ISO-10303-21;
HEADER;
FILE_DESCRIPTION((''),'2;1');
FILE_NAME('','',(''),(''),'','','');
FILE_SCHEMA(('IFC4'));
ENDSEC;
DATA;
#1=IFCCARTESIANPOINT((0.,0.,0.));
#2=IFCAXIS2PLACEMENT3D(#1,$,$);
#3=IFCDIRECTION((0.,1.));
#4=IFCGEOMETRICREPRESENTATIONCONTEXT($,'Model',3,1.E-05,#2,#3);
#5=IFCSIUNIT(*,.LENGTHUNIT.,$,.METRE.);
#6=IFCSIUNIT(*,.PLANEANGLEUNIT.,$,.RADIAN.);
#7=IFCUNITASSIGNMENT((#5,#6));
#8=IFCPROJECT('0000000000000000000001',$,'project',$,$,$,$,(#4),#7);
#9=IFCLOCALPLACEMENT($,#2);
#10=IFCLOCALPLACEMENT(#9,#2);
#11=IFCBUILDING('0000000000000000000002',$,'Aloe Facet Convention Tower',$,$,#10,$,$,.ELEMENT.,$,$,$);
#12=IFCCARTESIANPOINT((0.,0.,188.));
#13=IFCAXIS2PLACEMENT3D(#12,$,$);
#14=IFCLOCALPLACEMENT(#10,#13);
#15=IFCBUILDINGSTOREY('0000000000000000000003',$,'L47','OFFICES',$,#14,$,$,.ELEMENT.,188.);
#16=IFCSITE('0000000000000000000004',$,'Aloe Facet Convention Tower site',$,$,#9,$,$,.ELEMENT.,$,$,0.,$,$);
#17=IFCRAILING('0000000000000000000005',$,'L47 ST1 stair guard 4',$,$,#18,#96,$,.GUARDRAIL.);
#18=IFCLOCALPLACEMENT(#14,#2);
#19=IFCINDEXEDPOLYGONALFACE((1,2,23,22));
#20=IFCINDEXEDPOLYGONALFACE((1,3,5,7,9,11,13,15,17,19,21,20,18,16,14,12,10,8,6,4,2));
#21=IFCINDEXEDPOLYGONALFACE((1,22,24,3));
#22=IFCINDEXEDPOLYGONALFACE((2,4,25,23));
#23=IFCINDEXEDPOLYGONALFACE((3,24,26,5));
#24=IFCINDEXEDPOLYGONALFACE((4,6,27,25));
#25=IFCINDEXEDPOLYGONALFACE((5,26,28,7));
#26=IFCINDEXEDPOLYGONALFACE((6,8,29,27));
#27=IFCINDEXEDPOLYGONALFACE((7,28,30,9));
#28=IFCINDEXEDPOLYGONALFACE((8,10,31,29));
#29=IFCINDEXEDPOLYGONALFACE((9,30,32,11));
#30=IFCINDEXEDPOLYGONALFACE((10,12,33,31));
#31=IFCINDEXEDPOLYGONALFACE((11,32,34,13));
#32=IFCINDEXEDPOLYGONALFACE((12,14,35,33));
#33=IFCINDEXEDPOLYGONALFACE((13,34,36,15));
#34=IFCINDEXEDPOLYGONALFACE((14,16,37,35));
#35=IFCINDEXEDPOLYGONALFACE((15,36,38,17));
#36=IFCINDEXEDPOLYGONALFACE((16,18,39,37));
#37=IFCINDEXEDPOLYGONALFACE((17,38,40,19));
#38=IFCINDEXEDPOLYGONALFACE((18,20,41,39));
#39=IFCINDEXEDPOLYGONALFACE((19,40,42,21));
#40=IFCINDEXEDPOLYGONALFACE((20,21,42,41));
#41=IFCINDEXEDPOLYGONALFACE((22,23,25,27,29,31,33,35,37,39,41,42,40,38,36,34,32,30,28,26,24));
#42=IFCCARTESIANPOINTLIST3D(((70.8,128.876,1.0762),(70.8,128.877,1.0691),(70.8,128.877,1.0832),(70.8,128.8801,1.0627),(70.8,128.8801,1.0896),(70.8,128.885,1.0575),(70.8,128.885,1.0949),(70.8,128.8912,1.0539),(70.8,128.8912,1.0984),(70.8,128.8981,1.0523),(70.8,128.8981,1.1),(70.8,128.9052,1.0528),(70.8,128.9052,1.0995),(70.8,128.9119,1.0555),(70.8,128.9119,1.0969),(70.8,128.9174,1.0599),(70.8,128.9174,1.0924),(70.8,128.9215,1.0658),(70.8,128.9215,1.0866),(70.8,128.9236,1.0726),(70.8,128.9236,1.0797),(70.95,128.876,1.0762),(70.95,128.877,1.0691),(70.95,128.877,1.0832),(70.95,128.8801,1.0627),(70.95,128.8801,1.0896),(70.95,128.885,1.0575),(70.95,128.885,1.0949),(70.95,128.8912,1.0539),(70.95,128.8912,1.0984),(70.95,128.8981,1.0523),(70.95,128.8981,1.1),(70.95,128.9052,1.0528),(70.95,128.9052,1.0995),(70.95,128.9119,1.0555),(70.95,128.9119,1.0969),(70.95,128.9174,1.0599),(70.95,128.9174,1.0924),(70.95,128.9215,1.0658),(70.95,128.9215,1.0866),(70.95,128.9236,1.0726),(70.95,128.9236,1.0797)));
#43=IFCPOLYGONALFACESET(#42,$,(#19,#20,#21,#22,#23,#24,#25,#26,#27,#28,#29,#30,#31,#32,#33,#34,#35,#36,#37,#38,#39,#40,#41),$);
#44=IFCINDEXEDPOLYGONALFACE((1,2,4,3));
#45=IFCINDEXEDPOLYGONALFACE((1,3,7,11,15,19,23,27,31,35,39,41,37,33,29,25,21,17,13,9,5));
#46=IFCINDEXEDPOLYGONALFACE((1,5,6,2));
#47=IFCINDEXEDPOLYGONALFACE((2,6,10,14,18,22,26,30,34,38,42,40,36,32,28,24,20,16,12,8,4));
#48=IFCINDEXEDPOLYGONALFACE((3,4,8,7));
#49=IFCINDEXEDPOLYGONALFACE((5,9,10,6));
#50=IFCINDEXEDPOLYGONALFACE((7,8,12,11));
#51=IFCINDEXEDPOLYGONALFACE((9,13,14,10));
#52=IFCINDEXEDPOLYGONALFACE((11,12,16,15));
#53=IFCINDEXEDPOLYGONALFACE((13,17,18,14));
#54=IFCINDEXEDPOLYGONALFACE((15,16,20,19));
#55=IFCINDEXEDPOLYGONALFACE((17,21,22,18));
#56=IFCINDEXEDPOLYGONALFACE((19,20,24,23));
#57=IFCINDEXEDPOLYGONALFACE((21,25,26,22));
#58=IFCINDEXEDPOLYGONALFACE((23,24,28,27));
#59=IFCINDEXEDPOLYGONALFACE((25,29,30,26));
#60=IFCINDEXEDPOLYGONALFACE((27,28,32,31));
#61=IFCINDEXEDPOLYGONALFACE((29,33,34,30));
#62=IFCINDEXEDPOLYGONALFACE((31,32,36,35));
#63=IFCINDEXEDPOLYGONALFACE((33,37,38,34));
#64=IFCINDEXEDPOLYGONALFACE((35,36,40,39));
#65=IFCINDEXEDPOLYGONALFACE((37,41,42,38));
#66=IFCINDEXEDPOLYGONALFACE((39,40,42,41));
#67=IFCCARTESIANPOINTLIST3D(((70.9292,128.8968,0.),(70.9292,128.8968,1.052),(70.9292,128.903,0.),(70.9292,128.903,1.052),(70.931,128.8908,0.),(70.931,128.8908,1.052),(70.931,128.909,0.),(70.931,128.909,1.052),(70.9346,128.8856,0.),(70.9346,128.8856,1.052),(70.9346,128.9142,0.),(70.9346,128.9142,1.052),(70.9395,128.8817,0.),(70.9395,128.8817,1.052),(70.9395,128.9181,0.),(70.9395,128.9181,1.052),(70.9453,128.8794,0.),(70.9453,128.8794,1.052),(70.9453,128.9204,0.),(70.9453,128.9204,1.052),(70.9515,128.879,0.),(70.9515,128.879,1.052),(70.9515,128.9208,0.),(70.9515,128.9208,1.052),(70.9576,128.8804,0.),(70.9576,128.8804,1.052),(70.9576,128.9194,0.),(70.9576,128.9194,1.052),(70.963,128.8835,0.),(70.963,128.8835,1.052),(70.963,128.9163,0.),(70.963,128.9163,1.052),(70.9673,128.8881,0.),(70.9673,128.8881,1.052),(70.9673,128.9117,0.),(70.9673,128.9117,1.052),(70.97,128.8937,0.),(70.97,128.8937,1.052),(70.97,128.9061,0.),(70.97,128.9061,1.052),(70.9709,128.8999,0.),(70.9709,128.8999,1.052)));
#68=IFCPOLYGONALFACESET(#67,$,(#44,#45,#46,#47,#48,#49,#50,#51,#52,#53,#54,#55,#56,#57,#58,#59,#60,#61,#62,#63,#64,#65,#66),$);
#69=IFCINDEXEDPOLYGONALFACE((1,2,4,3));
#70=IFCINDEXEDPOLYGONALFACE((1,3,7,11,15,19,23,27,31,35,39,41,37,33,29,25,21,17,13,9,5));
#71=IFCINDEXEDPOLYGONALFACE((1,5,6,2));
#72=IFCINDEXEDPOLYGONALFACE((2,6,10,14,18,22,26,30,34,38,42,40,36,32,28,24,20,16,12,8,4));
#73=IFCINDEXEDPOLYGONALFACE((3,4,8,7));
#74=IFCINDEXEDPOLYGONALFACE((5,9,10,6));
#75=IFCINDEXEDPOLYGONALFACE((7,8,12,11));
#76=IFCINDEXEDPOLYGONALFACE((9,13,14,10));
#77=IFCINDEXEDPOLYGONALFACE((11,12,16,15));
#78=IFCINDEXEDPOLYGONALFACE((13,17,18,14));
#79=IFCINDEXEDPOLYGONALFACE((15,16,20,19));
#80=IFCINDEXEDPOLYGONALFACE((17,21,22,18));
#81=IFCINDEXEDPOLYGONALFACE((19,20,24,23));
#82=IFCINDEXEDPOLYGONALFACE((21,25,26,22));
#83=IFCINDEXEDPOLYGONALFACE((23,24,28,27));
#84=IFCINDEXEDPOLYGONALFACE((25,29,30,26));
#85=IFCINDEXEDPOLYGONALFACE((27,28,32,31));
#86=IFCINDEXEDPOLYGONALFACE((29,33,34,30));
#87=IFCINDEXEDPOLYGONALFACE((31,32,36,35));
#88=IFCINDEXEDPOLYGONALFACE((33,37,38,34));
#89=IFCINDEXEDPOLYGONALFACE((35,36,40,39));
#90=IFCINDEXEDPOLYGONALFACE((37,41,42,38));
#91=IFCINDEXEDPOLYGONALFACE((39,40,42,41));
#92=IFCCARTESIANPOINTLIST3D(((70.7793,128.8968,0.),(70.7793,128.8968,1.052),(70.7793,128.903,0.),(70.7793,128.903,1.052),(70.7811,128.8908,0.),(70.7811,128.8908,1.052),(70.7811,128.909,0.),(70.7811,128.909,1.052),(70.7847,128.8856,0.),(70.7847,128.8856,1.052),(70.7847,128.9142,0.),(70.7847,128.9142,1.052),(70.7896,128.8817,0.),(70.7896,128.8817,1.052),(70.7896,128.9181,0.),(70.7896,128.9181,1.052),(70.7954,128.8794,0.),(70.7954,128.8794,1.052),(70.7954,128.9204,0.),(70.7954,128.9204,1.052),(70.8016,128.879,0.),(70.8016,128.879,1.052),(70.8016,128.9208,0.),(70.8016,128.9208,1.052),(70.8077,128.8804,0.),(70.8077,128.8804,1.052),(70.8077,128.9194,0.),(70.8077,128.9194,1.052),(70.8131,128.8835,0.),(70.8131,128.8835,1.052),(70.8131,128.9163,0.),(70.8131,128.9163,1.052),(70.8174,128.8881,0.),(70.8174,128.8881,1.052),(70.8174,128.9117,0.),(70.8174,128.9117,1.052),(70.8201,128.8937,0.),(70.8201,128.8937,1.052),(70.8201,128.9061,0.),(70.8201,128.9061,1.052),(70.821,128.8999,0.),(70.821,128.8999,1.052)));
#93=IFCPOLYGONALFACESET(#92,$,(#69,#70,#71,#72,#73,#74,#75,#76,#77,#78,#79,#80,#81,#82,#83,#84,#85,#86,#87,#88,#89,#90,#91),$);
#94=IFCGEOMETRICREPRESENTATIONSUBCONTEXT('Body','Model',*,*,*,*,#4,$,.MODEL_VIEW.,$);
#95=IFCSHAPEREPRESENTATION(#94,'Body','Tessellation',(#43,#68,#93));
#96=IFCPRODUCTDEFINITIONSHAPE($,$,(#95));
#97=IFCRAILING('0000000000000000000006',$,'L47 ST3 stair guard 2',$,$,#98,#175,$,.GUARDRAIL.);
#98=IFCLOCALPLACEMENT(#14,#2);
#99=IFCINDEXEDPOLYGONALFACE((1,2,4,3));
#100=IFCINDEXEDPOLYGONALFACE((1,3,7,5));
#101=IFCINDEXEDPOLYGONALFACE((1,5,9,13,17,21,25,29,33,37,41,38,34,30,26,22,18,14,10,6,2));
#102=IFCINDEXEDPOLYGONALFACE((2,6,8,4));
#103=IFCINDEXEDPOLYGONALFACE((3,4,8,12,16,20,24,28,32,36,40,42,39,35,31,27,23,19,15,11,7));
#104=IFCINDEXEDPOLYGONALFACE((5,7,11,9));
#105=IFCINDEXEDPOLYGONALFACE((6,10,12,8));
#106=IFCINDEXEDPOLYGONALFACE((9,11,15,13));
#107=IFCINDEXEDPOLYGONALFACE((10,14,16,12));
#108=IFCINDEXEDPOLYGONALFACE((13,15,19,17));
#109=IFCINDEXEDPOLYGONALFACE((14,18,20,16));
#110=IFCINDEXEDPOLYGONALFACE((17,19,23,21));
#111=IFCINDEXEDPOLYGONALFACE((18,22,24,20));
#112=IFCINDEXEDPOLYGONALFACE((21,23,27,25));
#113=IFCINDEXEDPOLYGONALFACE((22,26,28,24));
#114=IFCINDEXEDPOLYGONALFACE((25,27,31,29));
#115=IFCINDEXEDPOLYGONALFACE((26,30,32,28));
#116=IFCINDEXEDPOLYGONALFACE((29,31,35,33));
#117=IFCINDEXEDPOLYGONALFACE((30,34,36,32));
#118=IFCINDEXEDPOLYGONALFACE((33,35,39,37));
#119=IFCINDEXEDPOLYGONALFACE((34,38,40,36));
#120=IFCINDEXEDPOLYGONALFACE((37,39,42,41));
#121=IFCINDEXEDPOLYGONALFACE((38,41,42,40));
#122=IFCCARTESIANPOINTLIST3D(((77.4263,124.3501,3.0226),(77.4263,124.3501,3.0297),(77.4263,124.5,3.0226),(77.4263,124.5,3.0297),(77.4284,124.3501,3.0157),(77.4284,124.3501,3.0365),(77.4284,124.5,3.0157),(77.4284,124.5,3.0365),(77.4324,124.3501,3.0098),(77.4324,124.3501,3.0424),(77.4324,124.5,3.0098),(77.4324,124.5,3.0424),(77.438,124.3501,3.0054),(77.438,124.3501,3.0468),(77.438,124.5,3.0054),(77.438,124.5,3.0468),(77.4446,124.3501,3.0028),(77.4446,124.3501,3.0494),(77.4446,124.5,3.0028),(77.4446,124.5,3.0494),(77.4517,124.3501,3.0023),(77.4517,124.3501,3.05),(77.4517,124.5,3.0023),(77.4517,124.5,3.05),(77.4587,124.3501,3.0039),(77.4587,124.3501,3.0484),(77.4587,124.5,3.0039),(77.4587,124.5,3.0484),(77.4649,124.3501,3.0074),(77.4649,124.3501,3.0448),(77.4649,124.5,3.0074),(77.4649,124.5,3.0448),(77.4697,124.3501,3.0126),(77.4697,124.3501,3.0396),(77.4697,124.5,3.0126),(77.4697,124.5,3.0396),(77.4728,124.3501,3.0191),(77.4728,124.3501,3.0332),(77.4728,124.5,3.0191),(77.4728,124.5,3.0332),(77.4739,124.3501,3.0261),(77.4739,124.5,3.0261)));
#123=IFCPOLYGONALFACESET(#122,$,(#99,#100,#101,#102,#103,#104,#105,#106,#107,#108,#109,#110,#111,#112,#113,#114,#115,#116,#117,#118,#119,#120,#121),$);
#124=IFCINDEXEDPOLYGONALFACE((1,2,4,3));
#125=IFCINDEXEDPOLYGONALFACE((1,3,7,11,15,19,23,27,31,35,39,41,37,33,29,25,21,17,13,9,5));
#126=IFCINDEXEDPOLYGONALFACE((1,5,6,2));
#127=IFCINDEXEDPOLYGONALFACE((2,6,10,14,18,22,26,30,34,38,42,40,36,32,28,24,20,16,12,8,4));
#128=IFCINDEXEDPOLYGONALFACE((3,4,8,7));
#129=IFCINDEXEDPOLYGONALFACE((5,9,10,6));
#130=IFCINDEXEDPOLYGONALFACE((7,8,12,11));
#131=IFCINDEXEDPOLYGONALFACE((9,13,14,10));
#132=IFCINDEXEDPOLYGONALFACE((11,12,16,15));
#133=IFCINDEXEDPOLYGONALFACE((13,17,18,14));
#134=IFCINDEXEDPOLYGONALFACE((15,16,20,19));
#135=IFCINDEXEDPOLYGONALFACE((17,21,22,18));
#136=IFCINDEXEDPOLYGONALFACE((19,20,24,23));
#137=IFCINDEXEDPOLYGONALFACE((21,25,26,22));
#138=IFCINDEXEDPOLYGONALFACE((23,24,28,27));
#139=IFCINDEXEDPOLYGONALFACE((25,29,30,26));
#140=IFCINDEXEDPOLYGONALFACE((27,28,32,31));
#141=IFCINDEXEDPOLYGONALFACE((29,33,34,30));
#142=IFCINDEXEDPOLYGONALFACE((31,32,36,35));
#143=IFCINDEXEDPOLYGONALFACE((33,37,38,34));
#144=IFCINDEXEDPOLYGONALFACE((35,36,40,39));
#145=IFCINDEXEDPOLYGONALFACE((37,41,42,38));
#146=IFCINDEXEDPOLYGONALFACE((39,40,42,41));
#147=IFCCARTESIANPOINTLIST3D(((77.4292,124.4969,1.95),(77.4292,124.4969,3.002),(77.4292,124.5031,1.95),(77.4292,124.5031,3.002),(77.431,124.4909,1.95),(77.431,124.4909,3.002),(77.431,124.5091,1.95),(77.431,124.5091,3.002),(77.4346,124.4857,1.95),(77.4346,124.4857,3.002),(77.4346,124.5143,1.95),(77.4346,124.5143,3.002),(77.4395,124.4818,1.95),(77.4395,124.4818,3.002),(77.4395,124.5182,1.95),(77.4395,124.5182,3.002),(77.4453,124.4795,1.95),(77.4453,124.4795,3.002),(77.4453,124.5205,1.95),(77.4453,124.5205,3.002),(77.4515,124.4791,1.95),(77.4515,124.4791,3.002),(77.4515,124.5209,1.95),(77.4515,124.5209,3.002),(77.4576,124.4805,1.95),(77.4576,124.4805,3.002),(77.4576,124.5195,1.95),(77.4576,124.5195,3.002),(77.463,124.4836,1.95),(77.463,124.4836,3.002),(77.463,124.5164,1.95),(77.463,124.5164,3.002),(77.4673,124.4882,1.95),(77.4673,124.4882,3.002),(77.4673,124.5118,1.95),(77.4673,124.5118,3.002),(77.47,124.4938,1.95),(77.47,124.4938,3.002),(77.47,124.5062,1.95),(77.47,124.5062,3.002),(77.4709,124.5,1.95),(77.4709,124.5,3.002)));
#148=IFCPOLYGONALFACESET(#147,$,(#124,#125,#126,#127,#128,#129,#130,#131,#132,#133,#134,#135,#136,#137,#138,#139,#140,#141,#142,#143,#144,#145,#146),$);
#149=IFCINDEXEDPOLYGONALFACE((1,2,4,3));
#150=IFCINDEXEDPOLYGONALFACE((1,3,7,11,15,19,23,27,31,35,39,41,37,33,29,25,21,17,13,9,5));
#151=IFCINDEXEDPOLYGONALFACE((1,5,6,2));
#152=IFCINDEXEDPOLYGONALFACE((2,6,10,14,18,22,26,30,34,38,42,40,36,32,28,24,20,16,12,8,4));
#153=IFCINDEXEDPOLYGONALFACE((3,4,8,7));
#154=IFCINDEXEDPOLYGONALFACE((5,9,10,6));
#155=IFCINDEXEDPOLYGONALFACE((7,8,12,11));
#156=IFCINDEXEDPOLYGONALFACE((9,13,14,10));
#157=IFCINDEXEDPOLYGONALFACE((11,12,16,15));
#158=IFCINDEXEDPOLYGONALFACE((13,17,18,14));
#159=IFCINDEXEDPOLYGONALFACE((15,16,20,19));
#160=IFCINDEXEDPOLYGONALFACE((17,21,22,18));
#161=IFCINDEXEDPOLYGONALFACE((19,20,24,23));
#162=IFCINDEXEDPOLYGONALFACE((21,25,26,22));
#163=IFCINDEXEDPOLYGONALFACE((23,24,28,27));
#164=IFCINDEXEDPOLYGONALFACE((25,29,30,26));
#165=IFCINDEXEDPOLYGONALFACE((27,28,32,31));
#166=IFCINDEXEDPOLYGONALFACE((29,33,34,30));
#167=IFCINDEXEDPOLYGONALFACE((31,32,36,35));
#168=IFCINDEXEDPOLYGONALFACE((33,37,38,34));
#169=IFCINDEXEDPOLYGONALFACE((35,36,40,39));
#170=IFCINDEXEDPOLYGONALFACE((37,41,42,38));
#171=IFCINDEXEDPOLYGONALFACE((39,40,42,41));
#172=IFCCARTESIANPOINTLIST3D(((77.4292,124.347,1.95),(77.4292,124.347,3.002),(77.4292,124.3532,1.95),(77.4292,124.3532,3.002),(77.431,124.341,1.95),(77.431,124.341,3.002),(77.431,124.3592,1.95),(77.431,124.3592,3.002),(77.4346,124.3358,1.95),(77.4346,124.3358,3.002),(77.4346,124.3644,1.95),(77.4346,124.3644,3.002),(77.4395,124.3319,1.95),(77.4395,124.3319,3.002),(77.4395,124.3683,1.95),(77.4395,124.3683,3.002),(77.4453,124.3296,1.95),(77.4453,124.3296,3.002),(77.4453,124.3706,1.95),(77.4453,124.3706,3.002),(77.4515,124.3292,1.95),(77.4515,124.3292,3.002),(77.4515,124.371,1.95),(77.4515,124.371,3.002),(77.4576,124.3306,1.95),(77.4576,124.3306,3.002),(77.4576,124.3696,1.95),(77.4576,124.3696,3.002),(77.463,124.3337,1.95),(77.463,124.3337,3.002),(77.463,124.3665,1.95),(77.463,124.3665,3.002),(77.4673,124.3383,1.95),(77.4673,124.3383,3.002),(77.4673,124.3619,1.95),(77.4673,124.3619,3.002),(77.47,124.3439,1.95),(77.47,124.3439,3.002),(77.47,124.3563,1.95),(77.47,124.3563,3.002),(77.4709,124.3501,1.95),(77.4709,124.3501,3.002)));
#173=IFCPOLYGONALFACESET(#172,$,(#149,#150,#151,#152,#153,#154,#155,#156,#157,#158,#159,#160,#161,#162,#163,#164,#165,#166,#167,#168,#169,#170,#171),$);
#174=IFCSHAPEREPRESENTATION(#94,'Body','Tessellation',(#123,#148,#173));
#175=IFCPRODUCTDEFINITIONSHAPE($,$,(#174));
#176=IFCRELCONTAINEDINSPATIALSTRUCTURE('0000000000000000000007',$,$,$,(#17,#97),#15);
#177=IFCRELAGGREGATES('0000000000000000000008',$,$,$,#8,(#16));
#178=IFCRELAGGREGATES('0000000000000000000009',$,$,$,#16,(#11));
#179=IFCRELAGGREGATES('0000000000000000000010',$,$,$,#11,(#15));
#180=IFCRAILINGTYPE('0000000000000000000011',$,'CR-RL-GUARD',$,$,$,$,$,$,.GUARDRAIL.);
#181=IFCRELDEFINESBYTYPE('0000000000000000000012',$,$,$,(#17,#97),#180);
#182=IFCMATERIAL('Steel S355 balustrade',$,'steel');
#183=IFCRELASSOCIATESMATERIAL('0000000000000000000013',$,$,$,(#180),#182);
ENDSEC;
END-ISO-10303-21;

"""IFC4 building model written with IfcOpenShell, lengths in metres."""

from ifc_helpers import new_model, si_unit, direction, frame, origin, origin_2d, place, context, subcontext, project, spatial, circle, extrude, material, type_object, element, save


model = new_model("IFC4")

# Units and contexts
model_context = context("Model", 3, precision=1e-05, world=origin(), true_north=direction((0.0, 1.0)))
body_context = subcontext(model_context, "Body", "Model", "MODEL_VIEW")
ifc_project = project(units=[si_unit("LENGTHUNIT", "METRE"), si_unit("PLANEANGLEUNIT", "RADIAN")], contexts=[model_context])

# Site, building, storey
site_placement = place(None, origin())
site = spatial("IfcSite", under=ifc_project, at=site_placement, Name="Aloe Facet Convention Tower site", CompositionType="ELEMENT", RefElevation=0.0)
building_placement = place(site_placement, origin())
building = spatial("IfcBuilding", under=site, at=building_placement, Name="Aloe Facet Convention Tower", CompositionType="ELEMENT")
storey_placement = place(building_placement, frame((0.0, 0.0, 188.0)))
storey = spatial("IfcBuildingStorey", under=building, at=storey_placement, Name="L47", Description="OFFICES", CompositionType="ELEMENT", Elevation=188.0)

# Railings
ifc_material_1 = material(Name="Steel S355 balustrade", Category="steel")
railing_type_1 = type_object("IfcRailingType", Name="CR-RL-GUARD", PredefinedType="GUARDRAIL", material=ifc_material_1)
railing_1_placement = place(storey_placement, frame((70.95, 128.8999, 0.0)))
element("IfcRailing", 1, at=railing_1_placement, inside=storey, type_object=railing_type_1, Name="L47 ST1 stair guard 4", PredefinedType="GUARDRAIL", context=body_context, shape_type="SweptSolid", body=[
    extrude(circle(Radius=0.0239, at=origin_2d()), frame((0.0, 0.0, 1.0762), z_axis=(-1.0, 0.0, 0.0), x_axis=(0.0, -1.0, 0.0)), (0.0, 0.0, 1.0), 0.1499),
    extrude(circle(Radius=0.021, at=origin_2d()), origin(), (0.0, 0.0, 1.0), 1.052),
    extrude(circle(Radius=0.021, at=origin_2d()), frame((-0.1499, 0.0, 0.0)), (0.0, 0.0, 1.0), 1.052),
])
railing_2_placement = place(storey_placement, frame((77.45, 124.5, 1.95)))
element("IfcRailing", 2, at=railing_2_placement, inside=storey, type_object=railing_type_1, Name="L47 ST3 stair guard 2", PredefinedType="GUARDRAIL", context=body_context, shape_type="SweptSolid", body=[
    extrude(circle(Radius=0.0239, at=origin_2d()), frame((0.0, 0.0, 1.0762), z_axis=(0.0, -1.0, 0.0), x_axis=(1.0, 0.0, 0.0)), (0.0, 0.0, 1.0), 0.1499),
    extrude(circle(Radius=0.021, at=origin_2d()), origin(), (0.0, 0.0, 1.0), 1.052),
    extrude(circle(Radius=0.021, at=origin_2d()), frame((0.0, -0.1499, 0.0)), (0.0, 0.0, 1.0), 1.052),
])

save(model, "model.ifc")
